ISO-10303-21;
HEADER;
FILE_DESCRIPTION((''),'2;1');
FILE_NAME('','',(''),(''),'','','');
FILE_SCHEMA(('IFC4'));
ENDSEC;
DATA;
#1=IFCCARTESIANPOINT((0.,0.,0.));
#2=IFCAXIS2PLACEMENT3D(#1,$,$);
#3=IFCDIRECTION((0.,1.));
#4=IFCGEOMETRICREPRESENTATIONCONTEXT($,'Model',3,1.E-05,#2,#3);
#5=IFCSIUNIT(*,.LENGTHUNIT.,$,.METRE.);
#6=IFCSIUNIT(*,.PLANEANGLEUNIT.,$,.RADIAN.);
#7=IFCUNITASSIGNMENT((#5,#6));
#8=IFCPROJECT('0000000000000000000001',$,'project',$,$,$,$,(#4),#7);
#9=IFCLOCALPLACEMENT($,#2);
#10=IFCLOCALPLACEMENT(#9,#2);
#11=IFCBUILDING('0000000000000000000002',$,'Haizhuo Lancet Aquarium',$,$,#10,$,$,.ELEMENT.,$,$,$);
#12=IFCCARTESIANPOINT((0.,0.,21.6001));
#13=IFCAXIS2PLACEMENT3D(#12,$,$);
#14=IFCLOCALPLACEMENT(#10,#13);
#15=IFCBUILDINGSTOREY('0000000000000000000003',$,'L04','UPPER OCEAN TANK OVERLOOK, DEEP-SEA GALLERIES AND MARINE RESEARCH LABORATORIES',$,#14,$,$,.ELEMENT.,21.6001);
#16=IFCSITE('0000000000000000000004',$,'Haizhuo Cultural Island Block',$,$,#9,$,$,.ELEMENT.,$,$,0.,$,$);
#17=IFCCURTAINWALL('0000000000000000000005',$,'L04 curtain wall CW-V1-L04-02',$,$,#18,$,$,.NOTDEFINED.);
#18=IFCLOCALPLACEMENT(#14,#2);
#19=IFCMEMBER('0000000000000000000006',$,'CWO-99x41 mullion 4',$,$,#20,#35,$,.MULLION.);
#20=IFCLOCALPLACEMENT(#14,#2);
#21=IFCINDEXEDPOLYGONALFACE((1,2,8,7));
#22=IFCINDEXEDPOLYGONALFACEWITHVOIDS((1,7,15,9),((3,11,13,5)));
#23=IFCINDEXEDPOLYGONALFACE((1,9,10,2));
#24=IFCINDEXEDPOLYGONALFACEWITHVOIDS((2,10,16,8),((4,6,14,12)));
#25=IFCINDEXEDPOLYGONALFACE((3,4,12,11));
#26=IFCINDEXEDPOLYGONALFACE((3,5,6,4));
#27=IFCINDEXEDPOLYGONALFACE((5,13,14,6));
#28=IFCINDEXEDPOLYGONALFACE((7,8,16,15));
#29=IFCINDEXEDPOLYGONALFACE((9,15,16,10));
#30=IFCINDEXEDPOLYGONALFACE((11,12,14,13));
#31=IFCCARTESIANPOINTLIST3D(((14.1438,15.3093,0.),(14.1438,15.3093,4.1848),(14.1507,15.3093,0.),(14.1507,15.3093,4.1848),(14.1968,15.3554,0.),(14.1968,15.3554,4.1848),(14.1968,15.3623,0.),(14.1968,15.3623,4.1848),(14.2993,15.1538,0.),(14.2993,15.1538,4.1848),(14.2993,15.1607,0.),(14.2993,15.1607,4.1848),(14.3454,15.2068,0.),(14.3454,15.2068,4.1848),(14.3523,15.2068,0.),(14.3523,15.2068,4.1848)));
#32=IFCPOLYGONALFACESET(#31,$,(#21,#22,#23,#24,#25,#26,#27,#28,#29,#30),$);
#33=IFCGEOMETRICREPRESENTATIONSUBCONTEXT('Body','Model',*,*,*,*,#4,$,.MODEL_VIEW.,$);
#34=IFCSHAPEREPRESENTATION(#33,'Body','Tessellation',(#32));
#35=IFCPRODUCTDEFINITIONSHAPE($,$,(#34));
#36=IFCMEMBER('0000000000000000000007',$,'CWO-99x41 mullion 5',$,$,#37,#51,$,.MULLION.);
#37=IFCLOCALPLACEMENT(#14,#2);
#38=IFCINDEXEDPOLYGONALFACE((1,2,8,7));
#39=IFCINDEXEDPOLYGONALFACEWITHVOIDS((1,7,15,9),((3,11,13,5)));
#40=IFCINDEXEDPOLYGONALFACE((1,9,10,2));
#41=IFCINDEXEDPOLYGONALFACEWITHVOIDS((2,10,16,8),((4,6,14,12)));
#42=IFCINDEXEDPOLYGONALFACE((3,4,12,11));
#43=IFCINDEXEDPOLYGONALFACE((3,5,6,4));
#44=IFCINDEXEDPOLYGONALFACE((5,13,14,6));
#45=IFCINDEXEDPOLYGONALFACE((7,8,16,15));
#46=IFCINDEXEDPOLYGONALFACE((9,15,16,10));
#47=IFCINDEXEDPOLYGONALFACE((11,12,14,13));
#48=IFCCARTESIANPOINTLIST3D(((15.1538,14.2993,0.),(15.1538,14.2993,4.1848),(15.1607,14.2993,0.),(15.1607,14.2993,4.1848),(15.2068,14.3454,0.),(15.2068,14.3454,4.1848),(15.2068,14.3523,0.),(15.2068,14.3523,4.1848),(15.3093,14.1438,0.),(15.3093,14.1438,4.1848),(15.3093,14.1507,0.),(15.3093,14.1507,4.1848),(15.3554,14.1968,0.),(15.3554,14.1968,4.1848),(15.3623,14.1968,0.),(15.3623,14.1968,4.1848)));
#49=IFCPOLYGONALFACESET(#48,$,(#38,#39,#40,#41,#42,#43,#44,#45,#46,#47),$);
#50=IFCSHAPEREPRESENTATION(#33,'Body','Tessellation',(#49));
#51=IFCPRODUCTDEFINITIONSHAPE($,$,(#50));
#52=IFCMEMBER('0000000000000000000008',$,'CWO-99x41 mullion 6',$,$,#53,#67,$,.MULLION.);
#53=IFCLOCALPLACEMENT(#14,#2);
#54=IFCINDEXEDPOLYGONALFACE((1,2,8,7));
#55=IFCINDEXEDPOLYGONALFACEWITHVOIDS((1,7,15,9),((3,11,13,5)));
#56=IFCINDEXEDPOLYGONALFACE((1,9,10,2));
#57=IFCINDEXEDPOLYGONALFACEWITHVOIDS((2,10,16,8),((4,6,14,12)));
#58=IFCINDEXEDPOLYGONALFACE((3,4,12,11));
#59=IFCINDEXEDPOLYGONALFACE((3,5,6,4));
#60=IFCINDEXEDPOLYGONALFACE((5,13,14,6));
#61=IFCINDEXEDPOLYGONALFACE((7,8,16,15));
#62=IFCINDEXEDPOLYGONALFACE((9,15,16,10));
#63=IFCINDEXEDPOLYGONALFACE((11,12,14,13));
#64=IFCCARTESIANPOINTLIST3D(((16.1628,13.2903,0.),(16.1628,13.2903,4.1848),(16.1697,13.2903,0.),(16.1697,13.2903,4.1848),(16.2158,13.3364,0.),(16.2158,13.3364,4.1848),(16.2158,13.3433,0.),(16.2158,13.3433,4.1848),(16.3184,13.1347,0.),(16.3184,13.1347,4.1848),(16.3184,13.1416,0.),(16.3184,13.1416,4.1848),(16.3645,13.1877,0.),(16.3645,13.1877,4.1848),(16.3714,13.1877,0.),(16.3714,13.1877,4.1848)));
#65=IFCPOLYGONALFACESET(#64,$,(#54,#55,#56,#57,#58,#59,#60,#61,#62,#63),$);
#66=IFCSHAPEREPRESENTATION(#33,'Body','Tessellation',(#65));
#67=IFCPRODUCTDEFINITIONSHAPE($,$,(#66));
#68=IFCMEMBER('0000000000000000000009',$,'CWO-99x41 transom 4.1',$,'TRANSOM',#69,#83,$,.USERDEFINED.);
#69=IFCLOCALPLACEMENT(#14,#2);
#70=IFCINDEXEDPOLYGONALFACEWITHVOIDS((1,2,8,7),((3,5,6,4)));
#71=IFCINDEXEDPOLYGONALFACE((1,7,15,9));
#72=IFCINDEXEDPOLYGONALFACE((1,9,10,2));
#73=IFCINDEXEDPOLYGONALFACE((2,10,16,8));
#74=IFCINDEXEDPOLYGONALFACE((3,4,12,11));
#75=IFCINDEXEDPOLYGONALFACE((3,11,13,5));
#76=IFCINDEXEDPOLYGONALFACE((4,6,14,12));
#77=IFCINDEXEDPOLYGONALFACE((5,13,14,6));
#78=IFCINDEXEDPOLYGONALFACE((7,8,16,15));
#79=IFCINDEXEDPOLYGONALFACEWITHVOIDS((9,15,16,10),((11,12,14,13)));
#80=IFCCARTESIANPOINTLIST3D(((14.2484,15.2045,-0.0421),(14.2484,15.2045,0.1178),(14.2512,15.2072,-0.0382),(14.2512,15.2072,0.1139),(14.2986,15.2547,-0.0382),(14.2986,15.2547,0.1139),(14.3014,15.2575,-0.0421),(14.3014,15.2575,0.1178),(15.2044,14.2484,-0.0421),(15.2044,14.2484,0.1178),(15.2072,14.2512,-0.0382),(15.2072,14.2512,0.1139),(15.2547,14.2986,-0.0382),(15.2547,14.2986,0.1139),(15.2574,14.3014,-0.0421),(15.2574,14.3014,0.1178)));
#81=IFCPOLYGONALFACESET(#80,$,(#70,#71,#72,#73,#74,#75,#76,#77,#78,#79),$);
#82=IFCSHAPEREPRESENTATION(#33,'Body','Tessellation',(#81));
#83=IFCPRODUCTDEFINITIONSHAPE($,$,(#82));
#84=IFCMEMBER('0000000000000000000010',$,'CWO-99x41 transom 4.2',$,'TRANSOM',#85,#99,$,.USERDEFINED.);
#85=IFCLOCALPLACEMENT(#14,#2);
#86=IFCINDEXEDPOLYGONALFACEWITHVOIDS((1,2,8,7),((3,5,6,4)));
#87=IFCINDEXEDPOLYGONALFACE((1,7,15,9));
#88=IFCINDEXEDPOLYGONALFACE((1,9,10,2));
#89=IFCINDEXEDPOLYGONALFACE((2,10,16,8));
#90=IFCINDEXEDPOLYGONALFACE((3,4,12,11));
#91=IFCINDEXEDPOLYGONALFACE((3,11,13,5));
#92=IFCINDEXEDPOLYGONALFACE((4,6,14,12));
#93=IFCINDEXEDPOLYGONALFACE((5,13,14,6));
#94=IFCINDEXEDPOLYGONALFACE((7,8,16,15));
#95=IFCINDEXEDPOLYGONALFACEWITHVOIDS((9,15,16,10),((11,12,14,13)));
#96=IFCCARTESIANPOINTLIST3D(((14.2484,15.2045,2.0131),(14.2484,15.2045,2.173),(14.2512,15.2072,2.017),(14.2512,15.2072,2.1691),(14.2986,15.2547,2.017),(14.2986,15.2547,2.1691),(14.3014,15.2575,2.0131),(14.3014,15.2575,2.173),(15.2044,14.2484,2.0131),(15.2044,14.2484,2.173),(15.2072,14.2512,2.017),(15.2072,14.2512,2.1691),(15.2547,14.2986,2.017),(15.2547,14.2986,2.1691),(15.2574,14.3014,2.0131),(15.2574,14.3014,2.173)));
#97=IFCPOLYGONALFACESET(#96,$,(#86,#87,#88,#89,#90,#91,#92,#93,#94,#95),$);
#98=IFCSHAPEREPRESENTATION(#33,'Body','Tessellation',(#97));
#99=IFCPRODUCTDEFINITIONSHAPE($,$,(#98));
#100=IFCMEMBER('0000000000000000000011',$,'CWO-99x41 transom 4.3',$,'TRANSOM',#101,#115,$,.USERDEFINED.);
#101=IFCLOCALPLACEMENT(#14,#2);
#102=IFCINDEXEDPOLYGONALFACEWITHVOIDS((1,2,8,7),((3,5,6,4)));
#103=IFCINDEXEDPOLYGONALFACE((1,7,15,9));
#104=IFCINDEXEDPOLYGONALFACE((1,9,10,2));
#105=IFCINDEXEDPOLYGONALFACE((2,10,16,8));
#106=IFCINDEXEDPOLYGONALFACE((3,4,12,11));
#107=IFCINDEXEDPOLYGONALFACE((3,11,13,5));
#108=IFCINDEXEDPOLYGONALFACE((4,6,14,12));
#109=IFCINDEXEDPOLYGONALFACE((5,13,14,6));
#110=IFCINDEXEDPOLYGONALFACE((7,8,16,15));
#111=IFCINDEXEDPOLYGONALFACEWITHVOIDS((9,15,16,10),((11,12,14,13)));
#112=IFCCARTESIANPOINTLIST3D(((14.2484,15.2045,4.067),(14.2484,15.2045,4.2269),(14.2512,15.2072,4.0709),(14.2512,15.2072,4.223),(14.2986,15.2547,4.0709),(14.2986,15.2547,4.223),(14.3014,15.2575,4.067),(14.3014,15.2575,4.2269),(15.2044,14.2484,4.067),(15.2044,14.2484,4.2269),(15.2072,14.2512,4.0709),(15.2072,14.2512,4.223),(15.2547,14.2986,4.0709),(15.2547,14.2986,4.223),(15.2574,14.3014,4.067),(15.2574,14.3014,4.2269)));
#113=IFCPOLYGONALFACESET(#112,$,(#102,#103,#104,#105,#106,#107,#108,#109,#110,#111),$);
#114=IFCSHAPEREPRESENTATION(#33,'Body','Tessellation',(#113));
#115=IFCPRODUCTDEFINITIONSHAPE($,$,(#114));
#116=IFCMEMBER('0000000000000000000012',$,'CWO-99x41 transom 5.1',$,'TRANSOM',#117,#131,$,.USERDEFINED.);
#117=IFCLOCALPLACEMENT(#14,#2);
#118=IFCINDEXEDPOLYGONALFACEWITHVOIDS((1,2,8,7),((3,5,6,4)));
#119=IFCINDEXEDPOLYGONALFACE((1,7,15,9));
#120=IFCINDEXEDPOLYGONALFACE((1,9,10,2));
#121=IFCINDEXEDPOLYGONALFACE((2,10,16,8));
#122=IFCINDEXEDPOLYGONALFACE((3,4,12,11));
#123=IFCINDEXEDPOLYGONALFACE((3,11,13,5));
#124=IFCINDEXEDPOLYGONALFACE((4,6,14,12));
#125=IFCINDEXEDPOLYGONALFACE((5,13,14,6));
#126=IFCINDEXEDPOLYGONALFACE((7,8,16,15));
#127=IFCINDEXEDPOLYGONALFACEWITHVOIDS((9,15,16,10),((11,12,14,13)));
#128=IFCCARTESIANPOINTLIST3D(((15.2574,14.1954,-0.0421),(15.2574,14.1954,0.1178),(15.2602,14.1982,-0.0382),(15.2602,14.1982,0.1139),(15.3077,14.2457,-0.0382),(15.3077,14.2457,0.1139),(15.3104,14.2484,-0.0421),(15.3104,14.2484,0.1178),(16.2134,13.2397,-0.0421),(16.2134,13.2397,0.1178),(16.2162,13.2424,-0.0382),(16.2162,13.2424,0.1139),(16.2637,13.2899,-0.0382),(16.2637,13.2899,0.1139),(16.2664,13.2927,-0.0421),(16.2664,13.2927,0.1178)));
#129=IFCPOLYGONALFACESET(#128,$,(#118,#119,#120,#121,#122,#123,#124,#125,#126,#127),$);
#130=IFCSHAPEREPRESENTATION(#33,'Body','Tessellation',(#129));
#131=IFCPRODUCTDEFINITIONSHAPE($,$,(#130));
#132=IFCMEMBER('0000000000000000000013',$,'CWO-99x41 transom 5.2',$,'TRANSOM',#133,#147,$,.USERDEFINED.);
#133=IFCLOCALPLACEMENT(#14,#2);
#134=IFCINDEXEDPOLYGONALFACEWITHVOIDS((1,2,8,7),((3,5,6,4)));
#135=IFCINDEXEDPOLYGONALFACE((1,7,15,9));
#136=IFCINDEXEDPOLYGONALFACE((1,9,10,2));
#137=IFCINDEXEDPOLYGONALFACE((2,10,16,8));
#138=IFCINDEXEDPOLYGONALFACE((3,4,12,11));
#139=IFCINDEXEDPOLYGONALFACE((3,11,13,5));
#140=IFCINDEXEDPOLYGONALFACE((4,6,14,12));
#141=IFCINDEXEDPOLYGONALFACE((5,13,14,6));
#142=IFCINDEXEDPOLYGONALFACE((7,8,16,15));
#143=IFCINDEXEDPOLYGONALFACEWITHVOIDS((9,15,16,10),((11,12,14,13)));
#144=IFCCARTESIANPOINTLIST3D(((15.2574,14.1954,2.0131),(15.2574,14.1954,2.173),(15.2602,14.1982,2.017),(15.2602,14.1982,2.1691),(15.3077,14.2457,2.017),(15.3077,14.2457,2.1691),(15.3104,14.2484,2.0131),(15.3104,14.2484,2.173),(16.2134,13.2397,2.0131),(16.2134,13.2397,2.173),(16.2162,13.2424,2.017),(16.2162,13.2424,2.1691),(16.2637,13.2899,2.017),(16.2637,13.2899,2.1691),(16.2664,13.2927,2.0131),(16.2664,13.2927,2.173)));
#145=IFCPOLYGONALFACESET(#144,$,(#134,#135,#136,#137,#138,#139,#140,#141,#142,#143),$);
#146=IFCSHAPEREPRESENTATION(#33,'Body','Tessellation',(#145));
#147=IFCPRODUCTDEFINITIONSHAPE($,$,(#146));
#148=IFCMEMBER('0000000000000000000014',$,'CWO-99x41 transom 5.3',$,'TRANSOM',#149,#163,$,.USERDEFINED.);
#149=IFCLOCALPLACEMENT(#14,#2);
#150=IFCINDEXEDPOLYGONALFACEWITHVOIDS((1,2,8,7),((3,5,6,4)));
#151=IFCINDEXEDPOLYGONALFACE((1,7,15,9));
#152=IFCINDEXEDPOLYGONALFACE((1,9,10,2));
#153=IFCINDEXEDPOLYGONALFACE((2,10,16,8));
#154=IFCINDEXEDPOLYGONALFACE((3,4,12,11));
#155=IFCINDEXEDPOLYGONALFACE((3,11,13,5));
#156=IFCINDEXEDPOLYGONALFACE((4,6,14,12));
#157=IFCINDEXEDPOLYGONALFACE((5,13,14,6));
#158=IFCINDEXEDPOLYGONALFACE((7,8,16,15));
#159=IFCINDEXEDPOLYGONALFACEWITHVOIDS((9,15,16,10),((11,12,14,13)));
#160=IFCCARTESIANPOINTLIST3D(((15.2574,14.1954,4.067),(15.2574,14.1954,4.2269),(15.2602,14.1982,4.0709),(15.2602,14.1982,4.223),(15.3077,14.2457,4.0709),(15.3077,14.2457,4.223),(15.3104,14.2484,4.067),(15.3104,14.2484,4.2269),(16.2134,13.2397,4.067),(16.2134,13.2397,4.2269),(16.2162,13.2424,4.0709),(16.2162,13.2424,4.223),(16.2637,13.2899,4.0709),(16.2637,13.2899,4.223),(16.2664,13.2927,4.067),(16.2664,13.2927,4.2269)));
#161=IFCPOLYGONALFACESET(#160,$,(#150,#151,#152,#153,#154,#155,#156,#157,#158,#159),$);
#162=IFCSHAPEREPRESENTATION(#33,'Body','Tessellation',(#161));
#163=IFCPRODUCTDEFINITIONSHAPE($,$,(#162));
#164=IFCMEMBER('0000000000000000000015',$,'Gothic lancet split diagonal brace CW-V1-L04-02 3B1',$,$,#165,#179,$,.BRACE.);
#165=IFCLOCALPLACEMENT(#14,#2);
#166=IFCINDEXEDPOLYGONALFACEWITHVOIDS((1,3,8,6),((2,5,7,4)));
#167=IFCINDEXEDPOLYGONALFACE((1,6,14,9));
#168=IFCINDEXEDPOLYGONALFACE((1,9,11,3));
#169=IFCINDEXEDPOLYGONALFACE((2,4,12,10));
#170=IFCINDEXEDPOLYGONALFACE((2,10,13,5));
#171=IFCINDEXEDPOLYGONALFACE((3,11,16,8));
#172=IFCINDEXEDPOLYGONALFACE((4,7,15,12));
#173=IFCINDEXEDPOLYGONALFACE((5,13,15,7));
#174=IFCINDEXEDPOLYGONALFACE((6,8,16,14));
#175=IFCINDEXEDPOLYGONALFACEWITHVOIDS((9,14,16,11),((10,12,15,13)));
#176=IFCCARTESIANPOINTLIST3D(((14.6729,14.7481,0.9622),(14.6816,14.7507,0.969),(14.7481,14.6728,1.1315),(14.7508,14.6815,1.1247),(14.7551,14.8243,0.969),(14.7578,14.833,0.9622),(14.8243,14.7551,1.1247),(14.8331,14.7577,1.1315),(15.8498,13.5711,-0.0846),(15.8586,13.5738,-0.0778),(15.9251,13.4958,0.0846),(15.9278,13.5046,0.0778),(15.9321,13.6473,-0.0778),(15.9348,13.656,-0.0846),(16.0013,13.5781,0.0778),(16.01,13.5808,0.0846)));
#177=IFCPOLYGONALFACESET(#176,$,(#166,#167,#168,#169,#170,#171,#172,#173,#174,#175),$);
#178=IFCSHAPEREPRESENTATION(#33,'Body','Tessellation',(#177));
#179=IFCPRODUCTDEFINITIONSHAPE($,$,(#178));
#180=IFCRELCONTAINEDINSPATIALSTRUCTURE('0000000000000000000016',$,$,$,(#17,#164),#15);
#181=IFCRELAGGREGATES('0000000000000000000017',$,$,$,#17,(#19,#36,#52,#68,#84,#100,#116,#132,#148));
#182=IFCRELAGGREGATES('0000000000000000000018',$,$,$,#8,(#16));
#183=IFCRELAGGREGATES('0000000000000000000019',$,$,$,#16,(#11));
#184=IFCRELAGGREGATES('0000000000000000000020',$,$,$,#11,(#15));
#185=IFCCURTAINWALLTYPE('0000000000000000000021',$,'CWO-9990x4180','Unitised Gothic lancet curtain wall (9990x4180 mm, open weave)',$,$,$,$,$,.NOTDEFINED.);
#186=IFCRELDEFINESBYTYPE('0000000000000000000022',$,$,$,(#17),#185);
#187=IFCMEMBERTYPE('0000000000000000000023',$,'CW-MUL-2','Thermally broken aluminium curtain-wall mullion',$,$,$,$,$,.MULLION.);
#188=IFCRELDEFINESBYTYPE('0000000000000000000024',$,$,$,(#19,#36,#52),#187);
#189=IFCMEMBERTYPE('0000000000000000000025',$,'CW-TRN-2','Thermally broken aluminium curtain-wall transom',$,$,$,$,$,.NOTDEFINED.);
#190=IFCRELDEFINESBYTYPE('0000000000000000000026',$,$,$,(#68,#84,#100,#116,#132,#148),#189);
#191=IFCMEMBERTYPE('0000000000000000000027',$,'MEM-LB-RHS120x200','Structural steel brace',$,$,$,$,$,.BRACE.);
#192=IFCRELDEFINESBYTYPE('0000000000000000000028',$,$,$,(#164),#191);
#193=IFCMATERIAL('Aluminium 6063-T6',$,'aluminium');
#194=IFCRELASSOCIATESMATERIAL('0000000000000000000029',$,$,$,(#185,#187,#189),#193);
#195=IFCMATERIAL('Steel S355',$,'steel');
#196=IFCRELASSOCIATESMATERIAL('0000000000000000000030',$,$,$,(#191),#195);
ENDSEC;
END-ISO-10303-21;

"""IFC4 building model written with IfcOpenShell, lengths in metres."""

from ifc_helpers import new_model, si_unit, direction, frame, origin, origin_2d, place, context, subcontext, project, spatial, hollow_rectangle, extrude, material, material_profile, profile_set, type_object, element, aggregate, save


model = new_model("IFC4")

# Units and contexts
model_context = context("Model", 3, precision=1e-05, world=origin(), true_north=direction((0.0, 1.0)))
body_context = subcontext(model_context, "Body", "Model", "MODEL_VIEW")
ifc_project = project(units=[si_unit("LENGTHUNIT", "METRE"), si_unit("PLANEANGLEUNIT", "RADIAN")], contexts=[model_context])

# Site, building, storey
site_placement = place(None, origin())
site = spatial("IfcSite", under=ifc_project, at=site_placement, Name="Haizhuo Cultural Island Block", CompositionType="ELEMENT", RefElevation=0.0)
building_placement = place(site_placement, origin())
building = spatial("IfcBuilding", under=site, at=building_placement, Name="Haizhuo Lancet Aquarium", CompositionType="ELEMENT")
storey_placement = place(building_placement, frame((0.0, 0.0, 21.6001)))
storey = spatial("IfcBuildingStorey", under=building, at=storey_placement, Name="L04", Description="UPPER OCEAN TANK OVERLOOK, DEEP-SEA GALLERIES AND MARINE RESEARCH LABORATORIES", CompositionType="ELEMENT", Elevation=21.6001)

# Curtain wall, members
ifc_material_1 = material(Name="Aluminium 6063-T6", Category="aluminium")
curtain_wall_type = type_object("IfcCurtainWallType", Name="CWO-9990x4180", Description="Unitised Gothic lancet curtain wall (9990x4180 mm, open weave)", PredefinedType="NOTDEFINED", material=ifc_material_1)
curtain_wall_placement = place(storey_placement, origin())
curtain_wall = element("IfcCurtainWall", 1, at=curtain_wall_placement, inside=storey, type_object=curtain_wall_type, Name="L04 curtain wall CW-V1-L04-02", PredefinedType="NOTDEFINED")
ifc_material_profile_1 = material_profile(ifc_material_1, hollow_rectangle(XDim=0.075, YDim=0.22, WallThickness=0.0049, at=origin_2d()), Name="ALU-M 75x220x5")
ifc_profile_set_1 = profile_set([ifc_material_profile_1], Name="Aluminium 6063-T6")
member_type_1 = type_object("IfcMemberType", Name="CW-MUL-2", Description="Thermally broken aluminium curtain-wall mullion", PredefinedType="MULLION", material=ifc_profile_set_1)
member_1_placement = place(storey_placement, frame((14.248, 15.2581, 0.0), z_axis=(0.0, 0.0, 1.0), x_axis=(0.707107, 0.707107, 0.0)))
member_1 = element("IfcMember", 2, at=member_1_placement, type_object=member_type_1, Name="CWO-99x41 mullion 4", PredefinedType="MULLION", context=body_context, shape_type="SweptSolid", body=[
    extrude(hollow_rectangle(XDim=0.075, YDim=0.22, WallThickness=0.0049, at=origin_2d()), origin(), (0.0, 0.0, 1.0), 4.1848),
])
member_2_placement = place(storey_placement, frame((15.2581, 14.248, 0.0), z_axis=(0.0, 0.0, 1.0), x_axis=(0.707107, 0.707107, 0.0)))
member_2 = element("IfcMember", 3, at=member_2_placement, type_object=member_type_1, Name="CWO-99x41 mullion 5", PredefinedType="MULLION", context=body_context, shape_type="SweptSolid", body=[
    extrude(hollow_rectangle(XDim=0.075, YDim=0.22, WallThickness=0.0049, at=origin_2d()), origin(), (0.0, 0.0, 1.0), 4.1848),
])
member_3_placement = place(storey_placement, frame((16.2671, 13.239, 0.0), z_axis=(0.0, 0.0, 1.0), x_axis=(0.707107, 0.707107, 0.0)))
member_3 = element("IfcMember", 4, at=member_3_placement, type_object=member_type_1, Name="CWO-99x41 mullion 6", PredefinedType="MULLION", context=body_context, shape_type="SweptSolid", body=[
    extrude(hollow_rectangle(XDim=0.075, YDim=0.22, WallThickness=0.0049, at=origin_2d()), origin(), (0.0, 0.0, 1.0), 4.1848),
])
ifc_material_profile_2 = material_profile(ifc_material_1, hollow_rectangle(XDim=0.075, YDim=0.1599, WallThickness=0.0039, at=origin_2d()), Name="ALU-T 75x160x4")
ifc_profile_set_2 = profile_set([ifc_material_profile_2], Name="Aluminium 6063-T6")
member_type_2 = type_object("IfcMemberType", Name="CW-TRN-2", Description="Thermally broken aluminium curtain-wall transom", PredefinedType="NOTDEFINED", material=ifc_profile_set_2)
member_4_placement = place(storey_placement, frame((14.2749, 15.231, 0.0378), z_axis=(0.707107, -0.707107, 0.0), x_axis=(0.707107, 0.707107, 0.0)))
member_4 = element("IfcMember", 5, at=member_4_placement, type_object=member_type_2, Name="CWO-99x41 transom 4.1", ObjectType="TRANSOM", PredefinedType="USERDEFINED", context=body_context, shape_type="SweptSolid", body=[
    extrude(hollow_rectangle(XDim=0.075, YDim=0.1599, WallThickness=0.0039, at=origin_2d()), origin(), (0.0, 0.0, 1.0), 1.3521),
])
member_5_placement = place(storey_placement, frame((14.2749, 15.231, 2.093), z_axis=(0.707107, -0.707107, 0.0), x_axis=(0.707107, 0.707107, 0.0)))
member_5 = element("IfcMember", 6, at=member_5_placement, type_object=member_type_2, Name="CWO-99x41 transom 4.2", ObjectType="TRANSOM", PredefinedType="USERDEFINED", context=body_context, shape_type="SweptSolid", body=[
    extrude(hollow_rectangle(XDim=0.075, YDim=0.1599, WallThickness=0.0039, at=origin_2d()), origin(), (0.0, 0.0, 1.0), 1.3521),
])
member_6_placement = place(storey_placement, frame((14.2749, 15.231, 4.147), z_axis=(0.707107, -0.707107, 0.0), x_axis=(0.707107, 0.707107, 0.0)))
member_6 = element("IfcMember", 7, at=member_6_placement, type_object=member_type_2, Name="CWO-99x41 transom 4.3", ObjectType="TRANSOM", PredefinedType="USERDEFINED", context=body_context, shape_type="SweptSolid", body=[
    extrude(hollow_rectangle(XDim=0.075, YDim=0.1599, WallThickness=0.0039, at=origin_2d()), origin(), (0.0, 0.0, 1.0), 1.3521),
])
member_7_placement = place(storey_placement, frame((15.2839, 14.2219, 0.0378), z_axis=(0.707197, -0.707016, 0.0), x_axis=(0.707016, 0.707197, 0.0)))
member_7 = element("IfcMember", 8, at=member_7_placement, type_object=member_type_2, Name="CWO-99x41 transom 5.1", ObjectType="TRANSOM", PredefinedType="USERDEFINED", context=body_context, shape_type="SweptSolid", body=[
    extrude(hollow_rectangle(XDim=0.075, YDim=0.1599, WallThickness=0.0039, at=origin_2d()), origin(), (0.0, 0.0, 1.0), 1.3518),
])
member_8_placement = place(storey_placement, frame((15.2839, 14.2219, 2.093), z_axis=(0.707197, -0.707016, 0.0), x_axis=(0.707016, 0.707197, 0.0)))
member_8 = element("IfcMember", 9, at=member_8_placement, type_object=member_type_2, Name="CWO-99x41 transom 5.2", ObjectType="TRANSOM", PredefinedType="USERDEFINED", context=body_context, shape_type="SweptSolid", body=[
    extrude(hollow_rectangle(XDim=0.075, YDim=0.1599, WallThickness=0.0039, at=origin_2d()), origin(), (0.0, 0.0, 1.0), 1.3518),
])
member_9_placement = place(storey_placement, frame((15.2839, 14.2219, 4.147), z_axis=(0.707197, -0.707016, 0.0), x_axis=(0.707016, 0.707197, 0.0)))
member_9 = element("IfcMember", 10, at=member_9_placement, type_object=member_type_2, Name="CWO-99x41 transom 5.3", ObjectType="TRANSOM", PredefinedType="USERDEFINED", context=body_context, shape_type="SweptSolid", body=[
    extrude(hollow_rectangle(XDim=0.075, YDim=0.1599, WallThickness=0.0039, at=origin_2d()), origin(), (0.0, 0.0, 1.0), 1.3518),
])

# Member
ifc_material_2 = material(Name="Steel S355", Category="steel")
ifc_material_profile_3 = material_profile(ifc_material_2, hollow_rectangle(XDim=0.1201, YDim=0.2, WallThickness=0.0081, at=origin_2d()), Name="RHS 120x200x8")
ifc_profile_set_3 = profile_set([ifc_material_profile_3], Name="Steel S355")
member_type_3 = type_object("IfcMemberType", Name="MEM-LB-RHS120x200", Description="Structural steel brace", PredefinedType="BRACE", material=ifc_profile_set_3)
member_10_placement = place(storey_placement, frame((15.9299, 13.5759, 0.0), z_axis=(-0.598566, 0.598566, 0.532389), x_axis=(-0.707107, -0.707107, 0.0)))
element("IfcMember", 11, at=member_10_placement, inside=storey, type_object=member_type_3, Name="Gothic lancet split diagonal brace CW-V1-L04-02 3B1", PredefinedType="BRACE", context=body_context, shape_type="SweptSolid", body=[
    extrude(hollow_rectangle(XDim=0.1201, YDim=0.2, WallThickness=0.0081, at=origin_2d()), origin(), (0.0, 0.0, 1.0), 1.9663),
])

aggregate(curtain_wall, [member_1, member_2, member_3, member_4, member_5, member_6, member_7, member_8, member_9])

save(model, "model.ifc")
